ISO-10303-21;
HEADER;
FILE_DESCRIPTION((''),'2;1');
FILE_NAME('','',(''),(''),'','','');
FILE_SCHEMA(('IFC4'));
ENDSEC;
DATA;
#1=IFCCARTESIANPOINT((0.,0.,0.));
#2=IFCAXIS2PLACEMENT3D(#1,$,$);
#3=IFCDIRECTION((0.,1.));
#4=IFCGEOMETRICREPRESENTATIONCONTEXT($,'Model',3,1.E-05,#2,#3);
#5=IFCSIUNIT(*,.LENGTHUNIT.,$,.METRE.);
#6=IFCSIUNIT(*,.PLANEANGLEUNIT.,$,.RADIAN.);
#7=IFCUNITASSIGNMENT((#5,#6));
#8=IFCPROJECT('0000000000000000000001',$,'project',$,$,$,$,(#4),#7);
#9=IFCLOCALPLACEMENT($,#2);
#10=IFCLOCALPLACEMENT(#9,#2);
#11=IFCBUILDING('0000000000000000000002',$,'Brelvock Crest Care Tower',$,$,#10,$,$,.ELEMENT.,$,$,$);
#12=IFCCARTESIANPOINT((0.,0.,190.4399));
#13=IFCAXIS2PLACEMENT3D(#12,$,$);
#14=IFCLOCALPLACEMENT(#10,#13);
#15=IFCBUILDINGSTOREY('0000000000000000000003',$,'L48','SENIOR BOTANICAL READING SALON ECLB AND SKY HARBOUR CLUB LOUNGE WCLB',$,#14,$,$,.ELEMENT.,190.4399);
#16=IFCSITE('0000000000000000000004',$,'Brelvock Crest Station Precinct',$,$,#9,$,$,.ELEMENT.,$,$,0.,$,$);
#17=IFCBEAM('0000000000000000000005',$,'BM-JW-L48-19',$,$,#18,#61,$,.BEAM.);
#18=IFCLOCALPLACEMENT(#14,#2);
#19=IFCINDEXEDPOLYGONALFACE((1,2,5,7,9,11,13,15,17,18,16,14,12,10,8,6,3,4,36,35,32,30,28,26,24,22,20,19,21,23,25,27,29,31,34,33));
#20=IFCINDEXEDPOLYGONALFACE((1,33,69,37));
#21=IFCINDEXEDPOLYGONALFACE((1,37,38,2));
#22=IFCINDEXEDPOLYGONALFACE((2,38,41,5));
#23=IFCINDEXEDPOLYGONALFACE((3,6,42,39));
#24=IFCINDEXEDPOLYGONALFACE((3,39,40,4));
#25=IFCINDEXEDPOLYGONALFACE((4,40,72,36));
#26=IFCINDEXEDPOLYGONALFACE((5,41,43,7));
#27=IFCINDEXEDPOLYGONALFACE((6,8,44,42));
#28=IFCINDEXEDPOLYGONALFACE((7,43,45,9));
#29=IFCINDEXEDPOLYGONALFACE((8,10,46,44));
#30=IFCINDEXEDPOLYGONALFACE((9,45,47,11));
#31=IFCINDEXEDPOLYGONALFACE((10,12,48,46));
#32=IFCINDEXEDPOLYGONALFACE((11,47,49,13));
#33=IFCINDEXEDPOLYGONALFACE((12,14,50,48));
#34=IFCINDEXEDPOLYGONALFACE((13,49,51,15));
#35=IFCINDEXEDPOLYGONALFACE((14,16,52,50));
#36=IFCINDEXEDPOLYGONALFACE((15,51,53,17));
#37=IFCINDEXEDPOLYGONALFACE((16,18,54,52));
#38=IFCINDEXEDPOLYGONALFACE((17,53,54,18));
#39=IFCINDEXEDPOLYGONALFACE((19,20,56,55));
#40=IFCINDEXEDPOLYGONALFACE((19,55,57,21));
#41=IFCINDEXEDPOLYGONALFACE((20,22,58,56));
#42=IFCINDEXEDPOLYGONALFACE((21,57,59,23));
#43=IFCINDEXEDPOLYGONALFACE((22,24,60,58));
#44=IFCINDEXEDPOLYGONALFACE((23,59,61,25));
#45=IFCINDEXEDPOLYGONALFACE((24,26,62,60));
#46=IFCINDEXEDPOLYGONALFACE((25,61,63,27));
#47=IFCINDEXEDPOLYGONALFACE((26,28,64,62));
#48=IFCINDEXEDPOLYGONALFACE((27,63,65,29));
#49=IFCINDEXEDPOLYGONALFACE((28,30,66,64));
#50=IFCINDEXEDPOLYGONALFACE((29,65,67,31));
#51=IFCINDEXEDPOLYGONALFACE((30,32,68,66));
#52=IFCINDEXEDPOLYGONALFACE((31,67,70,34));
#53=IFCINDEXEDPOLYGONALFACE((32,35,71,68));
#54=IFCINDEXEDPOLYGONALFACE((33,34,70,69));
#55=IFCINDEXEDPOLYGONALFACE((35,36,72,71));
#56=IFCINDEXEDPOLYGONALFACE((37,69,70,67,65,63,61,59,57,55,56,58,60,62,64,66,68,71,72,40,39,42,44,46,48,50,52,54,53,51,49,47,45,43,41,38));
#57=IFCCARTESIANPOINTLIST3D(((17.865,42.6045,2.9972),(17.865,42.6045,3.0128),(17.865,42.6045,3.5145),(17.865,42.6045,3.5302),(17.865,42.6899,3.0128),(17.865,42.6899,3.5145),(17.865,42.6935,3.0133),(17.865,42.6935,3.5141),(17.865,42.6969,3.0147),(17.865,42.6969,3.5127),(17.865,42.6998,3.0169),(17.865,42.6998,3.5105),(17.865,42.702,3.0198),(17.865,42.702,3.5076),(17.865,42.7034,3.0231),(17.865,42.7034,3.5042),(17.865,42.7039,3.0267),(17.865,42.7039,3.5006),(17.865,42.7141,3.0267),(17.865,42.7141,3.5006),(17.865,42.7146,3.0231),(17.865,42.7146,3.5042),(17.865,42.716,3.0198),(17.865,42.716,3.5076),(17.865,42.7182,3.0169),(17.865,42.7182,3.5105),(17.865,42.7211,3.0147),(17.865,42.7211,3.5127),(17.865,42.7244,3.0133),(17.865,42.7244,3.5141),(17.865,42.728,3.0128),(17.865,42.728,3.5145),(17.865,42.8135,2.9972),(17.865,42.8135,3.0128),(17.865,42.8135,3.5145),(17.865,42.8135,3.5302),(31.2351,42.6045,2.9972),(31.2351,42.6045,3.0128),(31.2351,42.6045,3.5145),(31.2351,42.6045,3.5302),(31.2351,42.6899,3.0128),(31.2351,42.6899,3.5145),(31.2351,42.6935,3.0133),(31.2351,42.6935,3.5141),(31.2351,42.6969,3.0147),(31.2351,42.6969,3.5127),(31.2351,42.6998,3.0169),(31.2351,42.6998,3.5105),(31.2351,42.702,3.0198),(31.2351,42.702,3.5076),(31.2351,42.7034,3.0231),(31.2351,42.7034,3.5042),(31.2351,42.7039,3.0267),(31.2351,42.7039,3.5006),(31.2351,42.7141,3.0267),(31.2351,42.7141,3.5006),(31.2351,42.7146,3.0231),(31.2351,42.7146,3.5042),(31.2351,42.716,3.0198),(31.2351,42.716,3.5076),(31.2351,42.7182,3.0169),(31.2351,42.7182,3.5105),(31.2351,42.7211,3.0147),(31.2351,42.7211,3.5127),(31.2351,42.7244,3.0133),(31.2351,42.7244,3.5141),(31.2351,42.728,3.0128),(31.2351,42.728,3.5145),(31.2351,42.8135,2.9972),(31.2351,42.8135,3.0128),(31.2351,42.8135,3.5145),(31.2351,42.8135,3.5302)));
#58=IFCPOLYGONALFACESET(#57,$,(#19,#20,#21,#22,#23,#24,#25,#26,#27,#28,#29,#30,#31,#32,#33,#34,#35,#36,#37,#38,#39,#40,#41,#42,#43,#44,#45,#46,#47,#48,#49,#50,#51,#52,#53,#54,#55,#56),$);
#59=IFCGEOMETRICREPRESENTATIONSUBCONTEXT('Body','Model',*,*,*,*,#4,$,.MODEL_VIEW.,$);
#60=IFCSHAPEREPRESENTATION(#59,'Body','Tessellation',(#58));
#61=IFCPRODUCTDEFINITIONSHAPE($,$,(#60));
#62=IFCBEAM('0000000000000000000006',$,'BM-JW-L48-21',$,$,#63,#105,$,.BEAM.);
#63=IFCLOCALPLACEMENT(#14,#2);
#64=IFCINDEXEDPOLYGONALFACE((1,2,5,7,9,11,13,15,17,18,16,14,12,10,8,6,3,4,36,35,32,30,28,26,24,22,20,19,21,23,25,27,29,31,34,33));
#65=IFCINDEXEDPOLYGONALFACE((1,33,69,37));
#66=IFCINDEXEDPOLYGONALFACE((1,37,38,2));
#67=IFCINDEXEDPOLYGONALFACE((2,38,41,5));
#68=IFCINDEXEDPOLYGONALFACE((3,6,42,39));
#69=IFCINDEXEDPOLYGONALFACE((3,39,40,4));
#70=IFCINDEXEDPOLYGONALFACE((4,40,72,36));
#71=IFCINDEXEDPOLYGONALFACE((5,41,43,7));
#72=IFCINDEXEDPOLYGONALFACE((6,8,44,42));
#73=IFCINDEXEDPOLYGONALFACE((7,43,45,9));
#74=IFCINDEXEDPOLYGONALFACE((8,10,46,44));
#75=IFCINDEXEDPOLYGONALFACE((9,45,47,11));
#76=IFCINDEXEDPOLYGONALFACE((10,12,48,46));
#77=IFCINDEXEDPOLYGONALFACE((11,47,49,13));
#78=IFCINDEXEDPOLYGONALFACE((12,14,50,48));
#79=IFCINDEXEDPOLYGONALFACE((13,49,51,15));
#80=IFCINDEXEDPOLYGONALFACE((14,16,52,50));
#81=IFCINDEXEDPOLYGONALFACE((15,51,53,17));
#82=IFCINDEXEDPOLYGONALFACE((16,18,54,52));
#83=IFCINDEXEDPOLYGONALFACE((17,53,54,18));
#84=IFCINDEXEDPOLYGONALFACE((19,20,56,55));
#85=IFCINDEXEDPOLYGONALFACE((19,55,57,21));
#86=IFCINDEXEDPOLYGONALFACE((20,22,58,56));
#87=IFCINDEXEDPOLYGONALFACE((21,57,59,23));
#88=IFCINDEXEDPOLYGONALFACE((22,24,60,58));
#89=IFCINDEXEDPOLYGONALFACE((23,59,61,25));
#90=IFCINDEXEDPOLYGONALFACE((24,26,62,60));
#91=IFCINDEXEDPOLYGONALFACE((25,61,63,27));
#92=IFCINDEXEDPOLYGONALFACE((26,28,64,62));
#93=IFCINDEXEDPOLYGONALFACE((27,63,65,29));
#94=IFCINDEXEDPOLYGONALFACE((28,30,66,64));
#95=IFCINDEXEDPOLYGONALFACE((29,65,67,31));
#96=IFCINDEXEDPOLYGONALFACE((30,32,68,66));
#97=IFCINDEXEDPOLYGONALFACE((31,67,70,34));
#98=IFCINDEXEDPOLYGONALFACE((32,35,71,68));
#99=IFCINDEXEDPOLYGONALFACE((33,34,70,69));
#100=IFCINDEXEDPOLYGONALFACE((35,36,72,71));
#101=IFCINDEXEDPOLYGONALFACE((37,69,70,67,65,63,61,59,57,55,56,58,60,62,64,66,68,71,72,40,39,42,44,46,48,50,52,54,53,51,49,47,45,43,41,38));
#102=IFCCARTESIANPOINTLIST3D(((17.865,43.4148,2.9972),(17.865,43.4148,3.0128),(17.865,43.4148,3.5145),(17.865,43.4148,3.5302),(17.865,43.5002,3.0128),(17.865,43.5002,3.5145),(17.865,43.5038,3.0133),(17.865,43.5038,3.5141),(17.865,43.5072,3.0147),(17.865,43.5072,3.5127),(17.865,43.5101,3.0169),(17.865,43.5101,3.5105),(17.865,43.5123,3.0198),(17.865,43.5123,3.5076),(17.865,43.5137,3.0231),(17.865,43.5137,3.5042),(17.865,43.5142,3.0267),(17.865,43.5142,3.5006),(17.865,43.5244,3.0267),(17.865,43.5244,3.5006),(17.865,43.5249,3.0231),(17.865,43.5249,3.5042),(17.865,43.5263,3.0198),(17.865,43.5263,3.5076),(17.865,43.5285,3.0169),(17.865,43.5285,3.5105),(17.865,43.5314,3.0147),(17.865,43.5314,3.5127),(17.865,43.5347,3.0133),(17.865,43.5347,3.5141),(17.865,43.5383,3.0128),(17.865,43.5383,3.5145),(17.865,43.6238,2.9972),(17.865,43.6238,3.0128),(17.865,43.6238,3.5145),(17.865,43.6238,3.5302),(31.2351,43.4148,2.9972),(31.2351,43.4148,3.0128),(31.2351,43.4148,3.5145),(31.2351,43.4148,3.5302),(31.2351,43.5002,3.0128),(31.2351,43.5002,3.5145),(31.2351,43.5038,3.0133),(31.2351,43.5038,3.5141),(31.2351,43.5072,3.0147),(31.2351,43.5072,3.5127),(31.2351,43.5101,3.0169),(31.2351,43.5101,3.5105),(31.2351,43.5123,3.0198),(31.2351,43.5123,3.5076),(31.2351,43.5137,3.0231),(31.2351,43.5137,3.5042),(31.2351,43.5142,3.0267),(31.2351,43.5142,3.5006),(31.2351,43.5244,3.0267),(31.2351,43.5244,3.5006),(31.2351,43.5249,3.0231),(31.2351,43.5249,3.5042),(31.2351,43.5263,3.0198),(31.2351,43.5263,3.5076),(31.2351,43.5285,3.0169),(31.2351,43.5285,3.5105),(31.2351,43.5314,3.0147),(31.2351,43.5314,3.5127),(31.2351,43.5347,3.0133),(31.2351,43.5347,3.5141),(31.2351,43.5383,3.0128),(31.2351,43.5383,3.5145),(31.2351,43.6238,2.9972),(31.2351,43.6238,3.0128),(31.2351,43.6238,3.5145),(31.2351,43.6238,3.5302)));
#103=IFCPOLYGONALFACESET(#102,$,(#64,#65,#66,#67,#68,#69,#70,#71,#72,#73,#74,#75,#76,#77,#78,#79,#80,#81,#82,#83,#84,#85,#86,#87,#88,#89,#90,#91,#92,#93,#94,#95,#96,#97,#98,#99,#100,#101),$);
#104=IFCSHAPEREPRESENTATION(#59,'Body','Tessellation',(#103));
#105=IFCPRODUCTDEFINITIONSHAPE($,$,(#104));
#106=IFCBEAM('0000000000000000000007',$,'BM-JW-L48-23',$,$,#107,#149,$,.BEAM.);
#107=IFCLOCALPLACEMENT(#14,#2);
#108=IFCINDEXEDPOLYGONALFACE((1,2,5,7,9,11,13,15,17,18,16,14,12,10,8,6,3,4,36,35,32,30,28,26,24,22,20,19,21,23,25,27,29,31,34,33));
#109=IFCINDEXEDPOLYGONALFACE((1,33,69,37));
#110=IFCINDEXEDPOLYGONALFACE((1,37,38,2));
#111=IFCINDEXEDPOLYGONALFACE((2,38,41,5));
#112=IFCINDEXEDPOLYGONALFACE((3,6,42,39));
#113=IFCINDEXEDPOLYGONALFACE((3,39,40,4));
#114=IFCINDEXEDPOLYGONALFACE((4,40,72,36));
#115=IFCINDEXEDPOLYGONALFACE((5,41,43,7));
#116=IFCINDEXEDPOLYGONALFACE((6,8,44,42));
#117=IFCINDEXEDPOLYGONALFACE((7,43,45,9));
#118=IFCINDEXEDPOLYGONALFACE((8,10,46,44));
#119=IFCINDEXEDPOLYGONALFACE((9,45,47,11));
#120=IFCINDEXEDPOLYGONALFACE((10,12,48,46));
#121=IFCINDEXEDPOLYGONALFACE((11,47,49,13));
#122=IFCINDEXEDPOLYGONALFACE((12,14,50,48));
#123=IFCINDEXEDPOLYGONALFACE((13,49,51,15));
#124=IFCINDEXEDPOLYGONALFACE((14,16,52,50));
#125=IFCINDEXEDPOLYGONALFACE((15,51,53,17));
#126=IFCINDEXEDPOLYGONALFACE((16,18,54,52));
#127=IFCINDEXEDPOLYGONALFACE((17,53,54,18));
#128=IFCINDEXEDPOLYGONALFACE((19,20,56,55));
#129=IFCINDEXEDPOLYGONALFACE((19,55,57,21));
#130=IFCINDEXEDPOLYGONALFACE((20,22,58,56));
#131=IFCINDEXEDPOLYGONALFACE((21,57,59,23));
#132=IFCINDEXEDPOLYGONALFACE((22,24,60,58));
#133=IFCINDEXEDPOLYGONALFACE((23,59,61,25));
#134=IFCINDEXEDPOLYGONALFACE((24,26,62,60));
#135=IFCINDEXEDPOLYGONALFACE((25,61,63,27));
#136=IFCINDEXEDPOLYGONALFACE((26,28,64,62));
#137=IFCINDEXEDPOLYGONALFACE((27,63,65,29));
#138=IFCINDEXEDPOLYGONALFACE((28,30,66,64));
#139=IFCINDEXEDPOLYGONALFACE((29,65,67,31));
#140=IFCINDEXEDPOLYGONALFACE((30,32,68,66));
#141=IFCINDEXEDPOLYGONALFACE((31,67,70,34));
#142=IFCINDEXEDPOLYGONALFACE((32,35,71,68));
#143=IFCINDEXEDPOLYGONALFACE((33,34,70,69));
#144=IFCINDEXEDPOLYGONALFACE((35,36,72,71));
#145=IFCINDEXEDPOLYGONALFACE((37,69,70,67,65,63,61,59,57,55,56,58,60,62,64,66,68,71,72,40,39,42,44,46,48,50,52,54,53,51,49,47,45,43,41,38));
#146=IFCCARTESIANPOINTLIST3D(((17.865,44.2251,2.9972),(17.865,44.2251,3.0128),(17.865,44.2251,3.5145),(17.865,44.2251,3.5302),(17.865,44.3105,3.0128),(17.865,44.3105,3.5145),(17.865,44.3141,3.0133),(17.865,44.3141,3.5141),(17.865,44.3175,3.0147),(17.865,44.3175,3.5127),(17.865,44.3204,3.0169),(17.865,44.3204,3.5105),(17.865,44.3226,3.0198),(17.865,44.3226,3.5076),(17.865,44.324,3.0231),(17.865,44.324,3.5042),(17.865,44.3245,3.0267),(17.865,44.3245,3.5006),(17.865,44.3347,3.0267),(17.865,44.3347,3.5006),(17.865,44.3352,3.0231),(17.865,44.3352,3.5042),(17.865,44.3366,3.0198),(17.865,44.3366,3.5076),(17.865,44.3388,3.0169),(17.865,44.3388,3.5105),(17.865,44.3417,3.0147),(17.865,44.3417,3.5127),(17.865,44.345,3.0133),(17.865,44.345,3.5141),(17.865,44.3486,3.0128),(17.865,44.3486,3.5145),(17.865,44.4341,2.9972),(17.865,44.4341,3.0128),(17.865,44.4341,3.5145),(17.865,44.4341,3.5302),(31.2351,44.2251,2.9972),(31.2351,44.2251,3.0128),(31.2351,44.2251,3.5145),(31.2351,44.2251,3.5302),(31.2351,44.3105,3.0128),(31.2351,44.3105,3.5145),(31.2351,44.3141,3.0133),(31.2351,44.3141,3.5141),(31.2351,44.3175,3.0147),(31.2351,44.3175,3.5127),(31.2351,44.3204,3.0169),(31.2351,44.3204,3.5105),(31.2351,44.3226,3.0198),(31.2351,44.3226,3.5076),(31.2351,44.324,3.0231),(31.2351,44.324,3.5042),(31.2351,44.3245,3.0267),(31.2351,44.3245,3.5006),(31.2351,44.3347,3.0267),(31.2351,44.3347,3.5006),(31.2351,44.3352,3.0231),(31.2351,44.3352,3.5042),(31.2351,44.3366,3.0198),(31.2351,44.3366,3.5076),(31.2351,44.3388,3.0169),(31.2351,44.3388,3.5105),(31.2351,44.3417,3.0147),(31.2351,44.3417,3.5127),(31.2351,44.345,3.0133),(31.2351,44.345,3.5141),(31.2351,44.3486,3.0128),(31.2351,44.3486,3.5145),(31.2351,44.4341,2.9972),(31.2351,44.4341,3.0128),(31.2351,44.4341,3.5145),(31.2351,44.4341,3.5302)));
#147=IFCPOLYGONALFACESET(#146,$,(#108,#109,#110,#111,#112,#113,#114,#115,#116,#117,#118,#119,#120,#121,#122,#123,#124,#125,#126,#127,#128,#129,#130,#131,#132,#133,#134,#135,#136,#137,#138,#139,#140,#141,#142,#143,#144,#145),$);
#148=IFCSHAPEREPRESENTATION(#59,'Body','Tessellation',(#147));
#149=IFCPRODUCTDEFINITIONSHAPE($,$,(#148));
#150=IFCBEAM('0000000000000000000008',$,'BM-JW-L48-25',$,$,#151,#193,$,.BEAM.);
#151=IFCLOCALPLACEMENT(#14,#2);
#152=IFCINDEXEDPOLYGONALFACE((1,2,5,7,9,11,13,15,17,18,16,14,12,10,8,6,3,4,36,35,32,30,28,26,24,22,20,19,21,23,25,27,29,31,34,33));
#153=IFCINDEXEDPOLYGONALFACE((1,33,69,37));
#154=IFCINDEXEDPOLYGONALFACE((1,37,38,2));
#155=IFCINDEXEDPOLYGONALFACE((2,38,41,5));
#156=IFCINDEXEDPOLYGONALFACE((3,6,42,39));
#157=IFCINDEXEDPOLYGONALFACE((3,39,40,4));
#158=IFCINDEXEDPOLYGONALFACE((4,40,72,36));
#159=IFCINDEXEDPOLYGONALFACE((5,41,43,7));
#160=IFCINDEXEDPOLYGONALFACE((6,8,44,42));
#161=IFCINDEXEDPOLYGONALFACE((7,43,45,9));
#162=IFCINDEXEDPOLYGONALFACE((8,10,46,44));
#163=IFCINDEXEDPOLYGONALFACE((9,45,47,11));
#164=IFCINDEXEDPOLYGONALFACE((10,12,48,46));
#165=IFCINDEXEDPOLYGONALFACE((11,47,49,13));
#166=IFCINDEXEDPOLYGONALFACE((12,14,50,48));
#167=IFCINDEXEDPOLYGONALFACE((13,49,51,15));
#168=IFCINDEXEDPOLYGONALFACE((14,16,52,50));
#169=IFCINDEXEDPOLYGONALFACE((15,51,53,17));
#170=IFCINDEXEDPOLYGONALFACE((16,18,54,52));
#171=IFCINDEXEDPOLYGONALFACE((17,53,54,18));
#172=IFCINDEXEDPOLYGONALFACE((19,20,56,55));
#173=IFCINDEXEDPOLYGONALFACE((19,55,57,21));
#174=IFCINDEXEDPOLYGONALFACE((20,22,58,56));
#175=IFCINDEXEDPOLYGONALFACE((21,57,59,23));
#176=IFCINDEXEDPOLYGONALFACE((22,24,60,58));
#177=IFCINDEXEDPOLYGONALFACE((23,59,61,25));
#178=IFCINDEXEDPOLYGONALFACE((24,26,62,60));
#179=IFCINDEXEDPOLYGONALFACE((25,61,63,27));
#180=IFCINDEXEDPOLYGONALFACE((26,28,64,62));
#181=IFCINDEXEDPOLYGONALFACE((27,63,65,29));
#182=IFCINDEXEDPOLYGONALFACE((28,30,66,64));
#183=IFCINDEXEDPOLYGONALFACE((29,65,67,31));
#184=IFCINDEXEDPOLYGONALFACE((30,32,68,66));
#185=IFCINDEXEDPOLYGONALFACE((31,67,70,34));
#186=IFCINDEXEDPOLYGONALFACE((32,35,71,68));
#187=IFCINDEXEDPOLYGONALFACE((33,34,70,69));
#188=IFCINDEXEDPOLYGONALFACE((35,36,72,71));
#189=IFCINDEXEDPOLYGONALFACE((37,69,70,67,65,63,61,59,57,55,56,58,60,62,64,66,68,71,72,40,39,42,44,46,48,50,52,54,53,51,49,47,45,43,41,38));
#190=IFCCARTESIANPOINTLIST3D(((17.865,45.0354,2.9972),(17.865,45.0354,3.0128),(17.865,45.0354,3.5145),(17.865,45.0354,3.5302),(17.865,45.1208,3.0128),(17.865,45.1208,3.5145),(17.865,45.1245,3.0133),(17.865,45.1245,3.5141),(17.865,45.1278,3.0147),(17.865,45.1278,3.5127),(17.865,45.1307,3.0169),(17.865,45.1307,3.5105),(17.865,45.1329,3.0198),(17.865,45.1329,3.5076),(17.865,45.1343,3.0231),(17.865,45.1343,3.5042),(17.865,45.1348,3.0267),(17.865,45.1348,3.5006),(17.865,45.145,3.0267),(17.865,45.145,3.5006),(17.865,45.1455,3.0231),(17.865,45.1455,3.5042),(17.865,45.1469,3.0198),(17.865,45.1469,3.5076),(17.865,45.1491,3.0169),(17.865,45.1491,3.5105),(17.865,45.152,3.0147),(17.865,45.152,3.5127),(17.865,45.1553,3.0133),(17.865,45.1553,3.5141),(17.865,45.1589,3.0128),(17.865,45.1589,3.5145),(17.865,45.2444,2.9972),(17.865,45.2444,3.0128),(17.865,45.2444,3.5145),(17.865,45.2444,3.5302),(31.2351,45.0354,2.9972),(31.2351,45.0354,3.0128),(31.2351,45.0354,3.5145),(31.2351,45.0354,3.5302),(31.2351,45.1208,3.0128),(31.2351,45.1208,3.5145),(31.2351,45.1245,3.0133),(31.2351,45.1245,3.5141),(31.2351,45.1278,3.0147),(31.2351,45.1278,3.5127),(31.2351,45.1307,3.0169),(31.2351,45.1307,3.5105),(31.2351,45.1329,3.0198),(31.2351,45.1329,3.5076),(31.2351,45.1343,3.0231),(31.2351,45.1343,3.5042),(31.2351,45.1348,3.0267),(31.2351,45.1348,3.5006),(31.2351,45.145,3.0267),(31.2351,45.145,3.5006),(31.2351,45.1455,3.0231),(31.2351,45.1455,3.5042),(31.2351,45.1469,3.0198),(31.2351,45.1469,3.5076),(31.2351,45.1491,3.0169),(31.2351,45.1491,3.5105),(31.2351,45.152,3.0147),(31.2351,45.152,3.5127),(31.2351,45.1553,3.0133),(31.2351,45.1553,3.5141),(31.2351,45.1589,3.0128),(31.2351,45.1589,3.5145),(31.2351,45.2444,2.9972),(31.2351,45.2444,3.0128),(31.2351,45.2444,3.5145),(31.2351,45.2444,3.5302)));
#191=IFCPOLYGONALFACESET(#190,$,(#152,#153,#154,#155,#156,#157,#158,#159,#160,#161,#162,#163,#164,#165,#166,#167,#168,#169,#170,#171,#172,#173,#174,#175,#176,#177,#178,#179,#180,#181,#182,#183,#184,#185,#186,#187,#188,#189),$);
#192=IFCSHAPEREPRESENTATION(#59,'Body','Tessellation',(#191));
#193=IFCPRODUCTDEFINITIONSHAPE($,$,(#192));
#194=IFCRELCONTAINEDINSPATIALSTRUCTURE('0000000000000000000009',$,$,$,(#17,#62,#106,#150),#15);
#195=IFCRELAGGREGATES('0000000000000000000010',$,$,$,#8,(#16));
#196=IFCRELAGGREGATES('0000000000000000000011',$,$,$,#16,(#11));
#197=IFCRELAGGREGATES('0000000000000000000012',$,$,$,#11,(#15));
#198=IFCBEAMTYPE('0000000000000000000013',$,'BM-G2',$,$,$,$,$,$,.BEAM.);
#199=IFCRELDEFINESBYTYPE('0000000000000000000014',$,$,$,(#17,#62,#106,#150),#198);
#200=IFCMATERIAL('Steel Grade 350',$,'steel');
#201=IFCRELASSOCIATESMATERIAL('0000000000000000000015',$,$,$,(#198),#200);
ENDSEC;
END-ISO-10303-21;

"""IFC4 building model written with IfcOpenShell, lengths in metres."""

from ifc_helpers import new_model, si_unit, direction, frame, origin, origin_2d, place, context, subcontext, project, spatial, i_section, extrude, source, transform, mapped, material, material_profile, profile_set, type_object, element, save


model = new_model("IFC4")

# Units and contexts
model_context = context("Model", 3, precision=1e-05, world=origin(), true_north=direction((0.0, 1.0)))
body_context = subcontext(model_context, "Body", "Model", "MODEL_VIEW")
ifc_project = project(units=[si_unit("LENGTHUNIT", "METRE"), si_unit("PLANEANGLEUNIT", "RADIAN")], contexts=[model_context])

# Site, building, storey
site_placement = place(None, origin())
site = spatial("IfcSite", under=ifc_project, at=site_placement, Name="Brelvock Crest Station Precinct", CompositionType="ELEMENT", RefElevation=0.0)
building_placement = place(site_placement, origin())
building = spatial("IfcBuilding", under=site, at=building_placement, Name="Brelvock Crest Care Tower", CompositionType="ELEMENT")
storey_placement = place(building_placement, frame((0.0, 0.0, 190.4399)))
storey = spatial("IfcBuildingStorey", under=building, at=storey_placement, Name="L48", Description="SENIOR BOTANICAL READING SALON ECLB AND SKY HARBOUR CLUB LOUNGE WCLB", CompositionType="ELEMENT", Elevation=190.4399)

# Beams
ifc_material = material(Name="Steel Grade 350", Category="steel")
ifc_material_profile_1 = material_profile(ifc_material, i_section(OverallWidth=0.209, OverallDepth=0.533, WebThickness=0.0103, FlangeThickness=0.0156, FilletRadius=0.0139, at=origin_2d()), Name="530UB92.4")
ifc_profile_set_1 = profile_set([ifc_material_profile_1], Name="Steel Grade 350")
beam_type_1 = type_object("IfcBeamType", Name="BM-G2", PredefinedType="BEAM", material=ifc_profile_set_1)
shared_shape_1 = source(origin(), body_context, "Body", "SweptSolid", [
    extrude(i_section(OverallWidth=0.209, OverallDepth=0.533, WebThickness=0.0103, FlangeThickness=0.0156, FilletRadius=0.0139, at=origin_2d()), origin(), (0.0, 0.0, 1.0), 13.3701),
])
for number, where, z_axis, x_axis, name in (
    (1, (17.865, 42.709, 3.2637), (1.0, 0.0, 0.0), (0.0, 1.0, 0.0), "BM-JW-L48-19"),
    (2, (17.865, 43.5193, 3.2637), (1.0, 0.0, 0.0), (0.0, 1.0, 0.0), "BM-JW-L48-21"),
    (3, (17.865, 44.3296, 3.2637), (1.0, 0.0, 0.0), (0.0, 1.0, 0.0), "BM-JW-L48-23"),
    (4, (17.865, 45.1399, 3.2637), (1.0, 0.0, 0.0), (0.0, 1.0, 0.0), "BM-JW-L48-25"),
):
    element("IfcBeam", number, at=place(storey_placement, frame(where, z_axis=z_axis, x_axis=x_axis)), inside=storey, type_object=beam_type_1, Name=name, PredefinedType="BEAM", context=body_context, shape_type="MappedRepresentation", body=[
        mapped(shared_shape_1, transform((0.0, 0.0, 0.0), x_axis=(1.0, 0.0, 0.0), y_axis=(0.0, 1.0, 0.0), z_axis=(0.0, 0.0, 1.0), scale=1.0)),
    ])

save(model, "model.ifc")
